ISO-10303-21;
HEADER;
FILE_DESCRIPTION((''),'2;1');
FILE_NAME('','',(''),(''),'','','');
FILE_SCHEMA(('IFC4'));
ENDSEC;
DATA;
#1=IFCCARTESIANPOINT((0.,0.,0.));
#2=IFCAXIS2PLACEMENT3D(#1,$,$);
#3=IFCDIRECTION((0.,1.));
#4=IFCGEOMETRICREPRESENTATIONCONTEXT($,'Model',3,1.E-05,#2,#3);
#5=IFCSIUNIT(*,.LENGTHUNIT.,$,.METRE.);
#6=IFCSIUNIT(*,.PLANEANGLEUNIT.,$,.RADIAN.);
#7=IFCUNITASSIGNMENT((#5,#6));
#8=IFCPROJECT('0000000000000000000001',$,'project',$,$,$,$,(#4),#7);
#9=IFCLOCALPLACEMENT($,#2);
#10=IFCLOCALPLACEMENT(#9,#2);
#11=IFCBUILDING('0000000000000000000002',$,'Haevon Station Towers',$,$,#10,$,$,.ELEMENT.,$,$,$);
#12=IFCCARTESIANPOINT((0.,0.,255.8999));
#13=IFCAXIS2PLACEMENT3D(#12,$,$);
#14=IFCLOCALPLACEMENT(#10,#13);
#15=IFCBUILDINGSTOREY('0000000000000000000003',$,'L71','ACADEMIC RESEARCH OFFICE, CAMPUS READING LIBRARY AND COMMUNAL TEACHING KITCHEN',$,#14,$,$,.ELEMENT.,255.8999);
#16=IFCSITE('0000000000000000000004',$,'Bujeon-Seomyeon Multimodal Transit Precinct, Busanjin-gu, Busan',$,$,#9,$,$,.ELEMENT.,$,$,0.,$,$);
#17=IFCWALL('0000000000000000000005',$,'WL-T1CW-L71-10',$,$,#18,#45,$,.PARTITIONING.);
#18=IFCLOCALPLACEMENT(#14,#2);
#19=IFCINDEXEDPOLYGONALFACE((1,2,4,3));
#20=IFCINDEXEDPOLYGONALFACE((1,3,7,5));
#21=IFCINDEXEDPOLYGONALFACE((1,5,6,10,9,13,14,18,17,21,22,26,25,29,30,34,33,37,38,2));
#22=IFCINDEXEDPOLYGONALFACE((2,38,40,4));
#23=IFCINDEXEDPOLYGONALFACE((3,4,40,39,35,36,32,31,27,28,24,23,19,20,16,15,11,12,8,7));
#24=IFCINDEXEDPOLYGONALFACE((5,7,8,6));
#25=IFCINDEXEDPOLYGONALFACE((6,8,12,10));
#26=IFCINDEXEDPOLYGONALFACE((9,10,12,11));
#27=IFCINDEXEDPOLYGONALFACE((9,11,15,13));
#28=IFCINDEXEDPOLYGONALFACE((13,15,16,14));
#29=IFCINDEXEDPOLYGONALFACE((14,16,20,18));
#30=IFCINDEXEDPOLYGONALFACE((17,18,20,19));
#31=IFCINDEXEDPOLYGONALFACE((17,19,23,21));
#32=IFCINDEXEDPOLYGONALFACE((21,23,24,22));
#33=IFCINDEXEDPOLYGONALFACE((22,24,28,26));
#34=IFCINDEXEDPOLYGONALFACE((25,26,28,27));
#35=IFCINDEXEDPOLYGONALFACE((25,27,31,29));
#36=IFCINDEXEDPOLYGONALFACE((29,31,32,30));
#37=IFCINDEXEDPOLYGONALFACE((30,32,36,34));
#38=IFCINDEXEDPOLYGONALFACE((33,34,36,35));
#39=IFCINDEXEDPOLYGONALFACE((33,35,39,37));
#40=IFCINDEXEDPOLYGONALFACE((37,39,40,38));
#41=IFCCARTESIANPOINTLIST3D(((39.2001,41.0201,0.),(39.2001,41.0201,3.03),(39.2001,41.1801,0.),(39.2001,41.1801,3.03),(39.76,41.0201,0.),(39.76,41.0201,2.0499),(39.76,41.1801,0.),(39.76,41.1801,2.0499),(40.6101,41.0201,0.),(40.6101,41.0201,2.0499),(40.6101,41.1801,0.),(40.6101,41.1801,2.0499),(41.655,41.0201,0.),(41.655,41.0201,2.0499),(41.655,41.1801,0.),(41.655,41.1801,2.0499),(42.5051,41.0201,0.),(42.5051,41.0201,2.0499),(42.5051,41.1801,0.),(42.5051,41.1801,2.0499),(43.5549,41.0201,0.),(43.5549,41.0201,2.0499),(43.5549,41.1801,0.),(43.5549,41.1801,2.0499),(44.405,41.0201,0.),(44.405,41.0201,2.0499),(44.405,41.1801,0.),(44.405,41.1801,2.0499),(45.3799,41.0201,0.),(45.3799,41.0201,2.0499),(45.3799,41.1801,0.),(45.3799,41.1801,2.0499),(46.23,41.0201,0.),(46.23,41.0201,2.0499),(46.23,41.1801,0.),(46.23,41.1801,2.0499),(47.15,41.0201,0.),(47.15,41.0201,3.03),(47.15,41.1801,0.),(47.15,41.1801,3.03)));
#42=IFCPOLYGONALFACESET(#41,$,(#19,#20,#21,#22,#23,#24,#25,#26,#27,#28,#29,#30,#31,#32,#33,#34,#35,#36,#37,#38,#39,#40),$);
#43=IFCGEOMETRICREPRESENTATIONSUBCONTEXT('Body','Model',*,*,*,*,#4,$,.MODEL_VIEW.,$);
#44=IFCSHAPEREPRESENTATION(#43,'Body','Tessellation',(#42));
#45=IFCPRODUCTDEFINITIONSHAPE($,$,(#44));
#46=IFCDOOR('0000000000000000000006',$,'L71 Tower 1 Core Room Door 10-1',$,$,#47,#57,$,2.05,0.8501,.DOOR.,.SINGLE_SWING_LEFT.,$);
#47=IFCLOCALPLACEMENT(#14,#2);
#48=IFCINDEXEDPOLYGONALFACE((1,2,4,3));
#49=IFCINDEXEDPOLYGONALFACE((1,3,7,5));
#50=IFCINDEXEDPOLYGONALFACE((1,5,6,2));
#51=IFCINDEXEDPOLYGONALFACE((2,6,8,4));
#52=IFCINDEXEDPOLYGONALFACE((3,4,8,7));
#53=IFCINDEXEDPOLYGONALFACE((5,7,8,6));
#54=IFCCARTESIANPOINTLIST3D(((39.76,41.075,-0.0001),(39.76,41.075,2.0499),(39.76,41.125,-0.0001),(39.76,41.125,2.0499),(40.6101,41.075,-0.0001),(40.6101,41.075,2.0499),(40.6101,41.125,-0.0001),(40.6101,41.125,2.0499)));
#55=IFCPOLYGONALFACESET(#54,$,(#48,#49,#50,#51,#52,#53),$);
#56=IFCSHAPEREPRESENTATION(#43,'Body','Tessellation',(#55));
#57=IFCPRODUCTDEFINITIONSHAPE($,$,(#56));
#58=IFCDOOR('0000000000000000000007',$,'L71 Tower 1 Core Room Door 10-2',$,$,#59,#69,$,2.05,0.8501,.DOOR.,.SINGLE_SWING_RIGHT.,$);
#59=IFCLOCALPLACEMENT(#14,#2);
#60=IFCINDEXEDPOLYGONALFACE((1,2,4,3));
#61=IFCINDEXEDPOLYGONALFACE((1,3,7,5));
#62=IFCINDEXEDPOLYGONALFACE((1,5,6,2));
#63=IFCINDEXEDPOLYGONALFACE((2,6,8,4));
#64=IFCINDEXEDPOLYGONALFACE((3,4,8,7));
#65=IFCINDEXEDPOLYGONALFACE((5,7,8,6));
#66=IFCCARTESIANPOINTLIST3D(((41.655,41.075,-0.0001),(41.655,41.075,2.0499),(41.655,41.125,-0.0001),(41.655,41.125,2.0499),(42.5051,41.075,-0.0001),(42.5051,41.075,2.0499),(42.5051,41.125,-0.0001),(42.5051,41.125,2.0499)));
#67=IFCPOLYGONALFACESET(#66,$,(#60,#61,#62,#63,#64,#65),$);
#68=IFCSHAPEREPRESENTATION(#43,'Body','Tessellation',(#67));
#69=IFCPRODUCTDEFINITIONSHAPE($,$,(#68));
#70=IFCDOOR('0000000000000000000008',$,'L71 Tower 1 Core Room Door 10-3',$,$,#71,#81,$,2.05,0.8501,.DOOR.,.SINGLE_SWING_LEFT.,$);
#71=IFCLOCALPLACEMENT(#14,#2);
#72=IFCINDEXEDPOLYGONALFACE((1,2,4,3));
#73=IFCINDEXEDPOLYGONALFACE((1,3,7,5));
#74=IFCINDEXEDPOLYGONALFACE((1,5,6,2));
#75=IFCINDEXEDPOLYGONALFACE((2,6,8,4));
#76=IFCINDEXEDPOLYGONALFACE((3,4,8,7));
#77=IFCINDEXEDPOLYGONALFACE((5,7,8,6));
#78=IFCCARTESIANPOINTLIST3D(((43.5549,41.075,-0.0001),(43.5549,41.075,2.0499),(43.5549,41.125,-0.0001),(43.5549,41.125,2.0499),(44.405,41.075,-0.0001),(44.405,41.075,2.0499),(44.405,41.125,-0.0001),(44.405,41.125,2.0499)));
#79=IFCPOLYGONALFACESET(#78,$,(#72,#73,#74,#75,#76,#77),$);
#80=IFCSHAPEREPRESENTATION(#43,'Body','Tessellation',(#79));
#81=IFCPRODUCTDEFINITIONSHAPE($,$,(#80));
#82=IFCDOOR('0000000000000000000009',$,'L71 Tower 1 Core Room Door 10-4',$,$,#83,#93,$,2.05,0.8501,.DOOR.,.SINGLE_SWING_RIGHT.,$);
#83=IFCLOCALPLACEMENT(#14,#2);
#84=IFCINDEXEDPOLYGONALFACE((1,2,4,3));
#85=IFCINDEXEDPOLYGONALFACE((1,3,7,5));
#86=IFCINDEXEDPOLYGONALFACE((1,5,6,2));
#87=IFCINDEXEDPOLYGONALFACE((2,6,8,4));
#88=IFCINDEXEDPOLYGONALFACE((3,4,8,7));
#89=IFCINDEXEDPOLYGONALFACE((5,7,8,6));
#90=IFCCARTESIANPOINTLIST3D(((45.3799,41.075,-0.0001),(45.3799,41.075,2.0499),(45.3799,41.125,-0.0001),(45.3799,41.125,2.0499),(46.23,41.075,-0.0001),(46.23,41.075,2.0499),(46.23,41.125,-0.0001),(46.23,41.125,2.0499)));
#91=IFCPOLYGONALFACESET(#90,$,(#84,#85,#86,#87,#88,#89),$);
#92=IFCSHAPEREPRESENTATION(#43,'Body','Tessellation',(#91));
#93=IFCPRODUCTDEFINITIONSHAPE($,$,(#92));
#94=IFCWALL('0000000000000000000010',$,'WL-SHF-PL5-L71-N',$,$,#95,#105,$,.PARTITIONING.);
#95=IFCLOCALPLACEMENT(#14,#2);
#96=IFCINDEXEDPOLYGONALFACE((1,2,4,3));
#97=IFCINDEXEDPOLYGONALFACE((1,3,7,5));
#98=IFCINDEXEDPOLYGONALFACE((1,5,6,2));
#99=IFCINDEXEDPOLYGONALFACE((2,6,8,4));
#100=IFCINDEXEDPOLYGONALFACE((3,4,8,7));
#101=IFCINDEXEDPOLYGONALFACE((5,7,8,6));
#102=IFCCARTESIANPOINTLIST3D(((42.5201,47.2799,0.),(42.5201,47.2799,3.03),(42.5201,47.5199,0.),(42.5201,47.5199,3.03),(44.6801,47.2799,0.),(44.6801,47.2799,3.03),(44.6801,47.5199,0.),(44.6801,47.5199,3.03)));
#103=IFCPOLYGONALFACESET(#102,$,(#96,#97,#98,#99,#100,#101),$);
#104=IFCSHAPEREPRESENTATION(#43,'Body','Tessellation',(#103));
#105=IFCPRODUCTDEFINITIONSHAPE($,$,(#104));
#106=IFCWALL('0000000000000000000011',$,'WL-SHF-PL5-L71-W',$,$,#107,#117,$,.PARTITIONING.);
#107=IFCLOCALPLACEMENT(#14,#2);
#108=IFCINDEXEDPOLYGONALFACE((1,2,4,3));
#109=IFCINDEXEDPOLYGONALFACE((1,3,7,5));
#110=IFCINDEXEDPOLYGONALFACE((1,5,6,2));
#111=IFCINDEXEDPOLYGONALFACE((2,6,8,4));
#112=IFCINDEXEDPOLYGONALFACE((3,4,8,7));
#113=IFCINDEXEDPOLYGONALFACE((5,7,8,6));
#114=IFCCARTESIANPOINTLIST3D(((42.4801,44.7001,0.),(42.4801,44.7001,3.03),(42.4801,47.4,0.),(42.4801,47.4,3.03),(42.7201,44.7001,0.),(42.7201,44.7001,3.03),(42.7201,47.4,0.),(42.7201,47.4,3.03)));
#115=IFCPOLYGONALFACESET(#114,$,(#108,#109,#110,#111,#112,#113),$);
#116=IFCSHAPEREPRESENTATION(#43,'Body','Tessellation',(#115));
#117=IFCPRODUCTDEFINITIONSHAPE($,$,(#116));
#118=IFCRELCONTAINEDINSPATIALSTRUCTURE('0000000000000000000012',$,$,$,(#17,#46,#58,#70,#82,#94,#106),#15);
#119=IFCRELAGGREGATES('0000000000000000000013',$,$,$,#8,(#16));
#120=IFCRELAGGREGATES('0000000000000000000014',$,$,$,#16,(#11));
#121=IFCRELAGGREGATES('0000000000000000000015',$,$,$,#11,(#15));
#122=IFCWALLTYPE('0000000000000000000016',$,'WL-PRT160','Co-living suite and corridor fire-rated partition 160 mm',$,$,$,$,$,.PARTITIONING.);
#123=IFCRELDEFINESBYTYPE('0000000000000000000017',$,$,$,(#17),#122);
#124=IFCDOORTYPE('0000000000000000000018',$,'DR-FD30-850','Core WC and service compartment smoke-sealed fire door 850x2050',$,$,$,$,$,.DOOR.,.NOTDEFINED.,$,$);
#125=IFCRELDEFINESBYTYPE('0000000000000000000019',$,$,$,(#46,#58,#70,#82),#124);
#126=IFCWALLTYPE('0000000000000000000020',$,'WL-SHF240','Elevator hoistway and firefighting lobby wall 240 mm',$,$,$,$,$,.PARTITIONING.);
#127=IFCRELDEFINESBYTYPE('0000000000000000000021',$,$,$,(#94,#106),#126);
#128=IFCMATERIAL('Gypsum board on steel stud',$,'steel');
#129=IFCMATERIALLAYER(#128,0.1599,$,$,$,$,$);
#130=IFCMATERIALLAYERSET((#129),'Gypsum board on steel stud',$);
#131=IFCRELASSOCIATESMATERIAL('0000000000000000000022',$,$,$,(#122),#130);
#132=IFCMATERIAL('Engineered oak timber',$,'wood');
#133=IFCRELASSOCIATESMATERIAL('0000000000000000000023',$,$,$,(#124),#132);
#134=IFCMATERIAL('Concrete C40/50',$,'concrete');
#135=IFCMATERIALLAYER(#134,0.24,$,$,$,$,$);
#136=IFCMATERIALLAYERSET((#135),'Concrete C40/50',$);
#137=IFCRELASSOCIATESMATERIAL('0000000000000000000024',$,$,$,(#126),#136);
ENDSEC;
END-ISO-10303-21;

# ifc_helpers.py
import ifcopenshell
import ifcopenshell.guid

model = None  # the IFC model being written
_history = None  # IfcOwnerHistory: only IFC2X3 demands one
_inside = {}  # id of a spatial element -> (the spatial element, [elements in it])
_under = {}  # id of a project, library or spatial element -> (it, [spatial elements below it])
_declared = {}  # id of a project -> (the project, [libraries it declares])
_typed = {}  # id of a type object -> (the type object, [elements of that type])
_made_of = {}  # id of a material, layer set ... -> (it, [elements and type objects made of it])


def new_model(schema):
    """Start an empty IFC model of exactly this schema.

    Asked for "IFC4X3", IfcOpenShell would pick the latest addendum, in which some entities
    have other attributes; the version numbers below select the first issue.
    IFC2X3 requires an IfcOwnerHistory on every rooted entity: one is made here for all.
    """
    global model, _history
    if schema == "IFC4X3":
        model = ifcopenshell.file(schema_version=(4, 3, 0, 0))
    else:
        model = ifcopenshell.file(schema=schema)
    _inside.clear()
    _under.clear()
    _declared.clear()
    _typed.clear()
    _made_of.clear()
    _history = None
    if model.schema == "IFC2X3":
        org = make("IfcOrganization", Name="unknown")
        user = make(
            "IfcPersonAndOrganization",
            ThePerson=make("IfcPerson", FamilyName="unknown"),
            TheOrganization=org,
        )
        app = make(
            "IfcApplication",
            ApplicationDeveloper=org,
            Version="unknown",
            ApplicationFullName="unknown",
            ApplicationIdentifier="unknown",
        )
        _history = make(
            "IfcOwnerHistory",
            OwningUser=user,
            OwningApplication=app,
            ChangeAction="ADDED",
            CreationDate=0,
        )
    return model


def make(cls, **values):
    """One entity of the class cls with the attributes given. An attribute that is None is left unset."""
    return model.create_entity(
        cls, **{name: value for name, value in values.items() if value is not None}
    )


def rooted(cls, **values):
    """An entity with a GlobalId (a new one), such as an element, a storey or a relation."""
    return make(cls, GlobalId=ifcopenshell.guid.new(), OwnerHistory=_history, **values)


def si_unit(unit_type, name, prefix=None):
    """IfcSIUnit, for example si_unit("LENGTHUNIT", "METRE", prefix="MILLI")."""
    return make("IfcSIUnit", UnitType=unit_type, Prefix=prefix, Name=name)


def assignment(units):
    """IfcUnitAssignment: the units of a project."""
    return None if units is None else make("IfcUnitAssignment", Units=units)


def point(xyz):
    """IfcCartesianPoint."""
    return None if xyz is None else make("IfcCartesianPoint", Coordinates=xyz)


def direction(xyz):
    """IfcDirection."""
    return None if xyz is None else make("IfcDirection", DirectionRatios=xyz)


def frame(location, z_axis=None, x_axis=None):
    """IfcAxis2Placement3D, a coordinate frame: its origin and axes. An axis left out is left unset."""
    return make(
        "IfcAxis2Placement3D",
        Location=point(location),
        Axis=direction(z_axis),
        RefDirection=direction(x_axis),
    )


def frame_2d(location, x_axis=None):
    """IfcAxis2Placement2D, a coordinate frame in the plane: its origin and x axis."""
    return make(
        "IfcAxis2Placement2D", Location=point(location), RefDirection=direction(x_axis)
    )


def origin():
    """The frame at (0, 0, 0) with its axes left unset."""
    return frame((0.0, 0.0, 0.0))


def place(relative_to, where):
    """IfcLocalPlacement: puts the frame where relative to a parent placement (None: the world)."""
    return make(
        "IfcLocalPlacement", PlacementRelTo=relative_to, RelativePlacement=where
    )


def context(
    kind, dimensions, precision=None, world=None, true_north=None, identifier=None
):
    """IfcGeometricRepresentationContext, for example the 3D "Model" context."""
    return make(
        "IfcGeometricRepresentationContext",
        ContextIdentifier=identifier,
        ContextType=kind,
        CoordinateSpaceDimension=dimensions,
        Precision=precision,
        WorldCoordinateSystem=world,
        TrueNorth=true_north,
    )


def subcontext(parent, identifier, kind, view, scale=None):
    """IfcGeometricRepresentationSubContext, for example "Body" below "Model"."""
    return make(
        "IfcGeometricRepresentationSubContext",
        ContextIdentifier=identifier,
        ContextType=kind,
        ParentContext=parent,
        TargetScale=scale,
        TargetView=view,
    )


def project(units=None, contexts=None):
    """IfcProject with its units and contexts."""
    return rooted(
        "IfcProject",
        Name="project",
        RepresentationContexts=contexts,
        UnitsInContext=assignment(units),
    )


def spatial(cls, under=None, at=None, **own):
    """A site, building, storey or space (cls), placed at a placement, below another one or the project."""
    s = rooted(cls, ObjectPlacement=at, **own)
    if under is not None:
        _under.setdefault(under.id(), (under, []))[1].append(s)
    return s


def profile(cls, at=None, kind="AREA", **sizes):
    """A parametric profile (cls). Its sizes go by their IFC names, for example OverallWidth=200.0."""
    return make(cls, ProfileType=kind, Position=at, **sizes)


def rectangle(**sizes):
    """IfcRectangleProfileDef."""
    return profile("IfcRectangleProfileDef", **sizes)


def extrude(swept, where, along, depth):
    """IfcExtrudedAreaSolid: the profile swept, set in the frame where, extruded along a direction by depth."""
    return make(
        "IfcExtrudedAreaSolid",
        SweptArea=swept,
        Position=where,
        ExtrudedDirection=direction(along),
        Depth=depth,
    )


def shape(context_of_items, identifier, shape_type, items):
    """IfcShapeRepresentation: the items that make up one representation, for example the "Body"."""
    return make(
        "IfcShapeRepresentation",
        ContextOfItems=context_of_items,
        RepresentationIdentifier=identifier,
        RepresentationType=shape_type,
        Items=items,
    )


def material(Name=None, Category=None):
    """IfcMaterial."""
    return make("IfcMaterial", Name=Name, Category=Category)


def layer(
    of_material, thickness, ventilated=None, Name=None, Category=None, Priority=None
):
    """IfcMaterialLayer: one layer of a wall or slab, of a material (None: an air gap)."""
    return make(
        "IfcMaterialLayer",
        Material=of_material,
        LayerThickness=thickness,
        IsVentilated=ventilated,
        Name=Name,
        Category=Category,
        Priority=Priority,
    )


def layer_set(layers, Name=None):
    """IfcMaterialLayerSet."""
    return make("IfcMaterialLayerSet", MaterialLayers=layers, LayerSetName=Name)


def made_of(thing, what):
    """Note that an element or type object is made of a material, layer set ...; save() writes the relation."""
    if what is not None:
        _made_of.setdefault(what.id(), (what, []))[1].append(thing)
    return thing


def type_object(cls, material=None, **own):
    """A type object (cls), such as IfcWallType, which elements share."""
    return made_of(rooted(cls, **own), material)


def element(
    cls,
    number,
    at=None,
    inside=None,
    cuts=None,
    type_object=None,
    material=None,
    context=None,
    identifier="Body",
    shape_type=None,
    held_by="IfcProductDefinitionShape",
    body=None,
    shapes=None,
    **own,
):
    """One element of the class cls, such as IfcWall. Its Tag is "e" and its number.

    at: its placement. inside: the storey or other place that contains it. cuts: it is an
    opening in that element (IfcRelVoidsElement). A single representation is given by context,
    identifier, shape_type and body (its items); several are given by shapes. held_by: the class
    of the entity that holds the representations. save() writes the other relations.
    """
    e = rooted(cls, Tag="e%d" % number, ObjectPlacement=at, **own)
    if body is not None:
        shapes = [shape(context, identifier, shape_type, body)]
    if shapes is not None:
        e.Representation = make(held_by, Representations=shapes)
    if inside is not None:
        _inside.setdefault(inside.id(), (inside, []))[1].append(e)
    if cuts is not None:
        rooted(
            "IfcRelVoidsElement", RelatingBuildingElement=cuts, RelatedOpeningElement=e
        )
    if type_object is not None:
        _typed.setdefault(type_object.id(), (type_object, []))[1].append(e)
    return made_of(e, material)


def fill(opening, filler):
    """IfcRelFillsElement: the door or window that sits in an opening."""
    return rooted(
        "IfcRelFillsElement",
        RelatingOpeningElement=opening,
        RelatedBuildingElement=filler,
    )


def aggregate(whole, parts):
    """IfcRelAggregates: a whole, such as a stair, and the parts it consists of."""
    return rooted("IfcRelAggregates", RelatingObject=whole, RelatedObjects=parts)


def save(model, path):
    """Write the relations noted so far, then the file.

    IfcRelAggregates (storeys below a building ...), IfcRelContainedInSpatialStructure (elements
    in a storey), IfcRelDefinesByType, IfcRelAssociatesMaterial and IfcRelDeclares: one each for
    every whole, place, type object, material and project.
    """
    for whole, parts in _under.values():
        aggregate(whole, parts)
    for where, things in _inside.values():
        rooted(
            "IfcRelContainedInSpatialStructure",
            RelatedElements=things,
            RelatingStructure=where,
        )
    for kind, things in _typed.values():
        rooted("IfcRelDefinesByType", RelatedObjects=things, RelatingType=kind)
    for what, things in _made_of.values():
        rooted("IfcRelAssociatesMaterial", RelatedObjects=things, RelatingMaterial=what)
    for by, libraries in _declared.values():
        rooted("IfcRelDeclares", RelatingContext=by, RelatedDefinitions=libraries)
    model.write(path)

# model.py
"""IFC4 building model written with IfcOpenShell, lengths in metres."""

from ifc_helpers import new_model, si_unit, direction, frame, frame_2d, origin, place, context, subcontext, project, spatial, rectangle, extrude, material, layer, layer_set, type_object, element, fill, save


model = new_model("IFC4")

# Units and contexts
model_context = context("Model", 3, precision=1e-05, world=origin(), true_north=direction((0.0, 1.0)))
body_context = subcontext(model_context, "Body", "Model", "MODEL_VIEW")
ifc_project = project(units=[si_unit("LENGTHUNIT", "METRE"), si_unit("PLANEANGLEUNIT", "RADIAN")], contexts=[model_context])

# Site, building, storey
site_placement = place(None, origin())
site = spatial("IfcSite", under=ifc_project, at=site_placement, Name="Bujeon-Seomyeon Multimodal Transit Precinct, Busanjin-gu, Busan", CompositionType="ELEMENT", RefElevation=0.0)
building_placement = place(site_placement, origin())
building = spatial("IfcBuilding", under=site, at=building_placement, Name="Haevon Station Towers", CompositionType="ELEMENT")
storey_placement = place(building_placement, frame((0.0, 0.0, 255.8999)))
storey = spatial("IfcBuildingStorey", under=building, at=storey_placement, Name="L71", Description="ACADEMIC RESEARCH OFFICE, CAMPUS READING LIBRARY AND COMMUNAL TEACHING KITCHEN", CompositionType="ELEMENT", Elevation=255.8999)

# Shared definitions
ifc_material_1 = material(Name="Gypsum board on steel stud", Category="steel")
ifc_layer_1 = layer(ifc_material_1, 0.1599)
ifc_layer_set_1 = layer_set([ifc_layer_1], Name="Gypsum board on steel stud")
wall_type_1 = type_object("IfcWallType", Name="WL-PRT160", Description="Co-living suite and corridor fire-rated partition 160 mm", PredefinedType="PARTITIONING", material=ifc_layer_set_1)

# Shared definitions
ifc_material_2 = material(Name="Engineered oak timber", Category="wood")

# Wall, openings, doors
wall_1_placement = place(storey_placement, frame((39.2, 41.1001, 0.0), z_axis=(0.0, 0.0, 1.0), x_axis=(1.0, 0.0, 0.0)))
wall_1 = element("IfcWall", 1, at=wall_1_placement, inside=storey, type_object=wall_type_1, Name="WL-T1CW-L71-10", PredefinedType="PARTITIONING", context=body_context, shape_type="SweptSolid", body=[
    extrude(rectangle(XDim=7.95, YDim=0.1599, at=frame_2d((3.9751, 0.0))), origin(), (0.0, 0.0, 1.0), 3.03),
])
opening_1_placement = place(wall_1_placement, frame((0.5601, 0.0, 0.0)))
opening_1 = element("IfcOpeningElement", 2, at=opening_1_placement, cuts=wall_1, PredefinedType="OPENING", context=body_context, shape_type="SweptSolid", body=[
    extrude(rectangle(XDim=0.8501, YDim=2.05, at=frame_2d((0.425, 1.0249))), frame((0.0, 0.0898, 0.0), z_axis=(0.0, -1.0, 0.0), x_axis=(1.0, 0.0, 0.0)), (0.0, 0.0, 1.0), 0.1799),
])
opening_2_placement = place(wall_1_placement, frame((2.4551, 0.0, 0.0)))
opening_2 = element("IfcOpeningElement", 3, at=opening_2_placement, cuts=wall_1, PredefinedType="OPENING", context=body_context, shape_type="SweptSolid", body=[
    extrude(rectangle(XDim=0.8501, YDim=2.05, at=frame_2d((0.425, 1.0249))), frame((0.0, 0.0898, 0.0), z_axis=(0.0, -1.0, 0.0), x_axis=(1.0, 0.0, 0.0)), (0.0, 0.0, 1.0), 0.1799),
])
opening_3_placement = place(wall_1_placement, frame((4.355, 0.0, 0.0)))
opening_3 = element("IfcOpeningElement", 4, at=opening_3_placement, cuts=wall_1, PredefinedType="OPENING", context=body_context, shape_type="SweptSolid", body=[
    extrude(rectangle(XDim=0.8501, YDim=2.05, at=frame_2d((0.425, 1.0249))), frame((0.0, 0.0898, 0.0), z_axis=(0.0, -1.0, 0.0), x_axis=(1.0, 0.0, 0.0)), (0.0, 0.0, 1.0), 0.1799),
])
opening_4_placement = place(wall_1_placement, frame((6.1799, 0.0, 0.0)))
opening_4 = element("IfcOpeningElement", 5, at=opening_4_placement, cuts=wall_1, PredefinedType="OPENING", context=body_context, shape_type="SweptSolid", body=[
    extrude(rectangle(XDim=0.8501, YDim=2.05, at=frame_2d((0.425, 1.0249))), frame((0.0, 0.0898, 0.0), z_axis=(0.0, -1.0, 0.0), x_axis=(1.0, 0.0, 0.0)), (0.0, 0.0, 1.0), 0.1799),
])
door_type_1 = type_object("IfcDoorType", Name="DR-FD30-850", Description="Core WC and service compartment smoke-sealed fire door 850x2050", OperationType="NOTDEFINED", PredefinedType="DOOR", material=ifc_material_2)
door_1_placement = place(opening_1_placement, origin())
door_1 = element("IfcDoor", 6, at=door_1_placement, inside=storey, type_object=door_type_1, Name="L71 Tower 1 Core Room Door 10-1", OperationType="SINGLE_SWING_LEFT", OverallHeight=2.05, OverallWidth=0.8501, PredefinedType="DOOR", context=body_context, shape_type="SweptSolid", body=[
    extrude(rectangle(XDim=0.8501, YDim=2.05, at=frame_2d((0.425, 1.0249))), frame((0.0, 0.0249, 0.0), z_axis=(0.0, -1.0, 0.0), x_axis=(1.0, 0.0, 0.0)), (0.0, 0.0, 1.0), 0.05),
])
fill(opening_1, door_1)
door_2_placement = place(opening_2_placement, origin())
door_2 = element("IfcDoor", 7, at=door_2_placement, inside=storey, type_object=door_type_1, Name="L71 Tower 1 Core Room Door 10-2", OperationType="SINGLE_SWING_RIGHT", OverallHeight=2.05, OverallWidth=0.8501, PredefinedType="DOOR", context=body_context, shape_type="SweptSolid", body=[
    extrude(rectangle(XDim=0.8501, YDim=2.05, at=frame_2d((0.425, 1.0249))), frame((0.0, 0.0249, 0.0), z_axis=(0.0, -1.0, 0.0), x_axis=(1.0, 0.0, 0.0)), (0.0, 0.0, 1.0), 0.05),
])
fill(opening_2, door_2)
door_3_placement = place(opening_3_placement, origin())
door_3 = element("IfcDoor", 8, at=door_3_placement, inside=storey, type_object=door_type_1, Name="L71 Tower 1 Core Room Door 10-3", OperationType="SINGLE_SWING_LEFT", OverallHeight=2.05, OverallWidth=0.8501, PredefinedType="DOOR", context=body_context, shape_type="SweptSolid", body=[
    extrude(rectangle(XDim=0.8501, YDim=2.05, at=frame_2d((0.425, 1.0249))), frame((0.0, 0.0249, 0.0), z_axis=(0.0, -1.0, 0.0), x_axis=(1.0, 0.0, 0.0)), (0.0, 0.0, 1.0), 0.05),
])
fill(opening_3, door_3)
door_4_placement = place(opening_4_placement, origin())
door_4 = element("IfcDoor", 9, at=door_4_placement, inside=storey, type_object=door_type_1, Name="L71 Tower 1 Core Room Door 10-4", OperationType="SINGLE_SWING_RIGHT", OverallHeight=2.05, OverallWidth=0.8501, PredefinedType="DOOR", context=body_context, shape_type="SweptSolid", body=[
    extrude(rectangle(XDim=0.8501, YDim=2.05, at=frame_2d((0.425, 1.0249))), frame((0.0, 0.0249, 0.0), z_axis=(0.0, -1.0, 0.0), x_axis=(1.0, 0.0, 0.0)), (0.0, 0.0, 1.0), 0.05),
])
fill(opening_4, door_4)

# Shared definitions
ifc_material_3 = material(Name="Concrete C40/50", Category="concrete")
ifc_layer_2 = layer(ifc_material_3, 0.24)
ifc_layer_set_2 = layer_set([ifc_layer_2], Name="Concrete C40/50")
wall_type_2 = type_object("IfcWallType", Name="WL-SHF240", Description="Elevator hoistway and firefighting lobby wall 240 mm", PredefinedType="PARTITIONING", material=ifc_layer_set_2)

# Walls
wall_2_placement = place(storey_placement, frame((42.52, 47.3999, 0.0), z_axis=(0.0, 0.0, 1.0), x_axis=(1.0, 0.0, 0.0)))
element("IfcWall", 10, at=wall_2_placement, inside=storey, type_object=wall_type_2, Name="WL-SHF-PL5-L71-N", PredefinedType="PARTITIONING", context=body_context, shape_type="SweptSolid", body=[
    extrude(rectangle(XDim=2.1599, YDim=0.24, at=frame_2d((1.0801, 0.0))), origin(), (0.0, 0.0, 1.0), 3.03),
])
wall_3_placement = place(storey_placement, frame((42.6001, 44.7, 0.0), z_axis=(0.0, 0.0, 1.0), x_axis=(0.0, 1.0, 0.0)))
element("IfcWall", 11, at=wall_3_placement, inside=storey, type_object=wall_type_2, Name="WL-SHF-PL5-L71-W", PredefinedType="PARTITIONING", context=body_context, shape_type="SweptSolid", body=[
    extrude(rectangle(XDim=2.7, YDim=0.24, at=frame_2d((1.3501, 0.0))), origin(), (0.0, 0.0, 1.0), 3.03),
])

save(model, "model.ifc")
